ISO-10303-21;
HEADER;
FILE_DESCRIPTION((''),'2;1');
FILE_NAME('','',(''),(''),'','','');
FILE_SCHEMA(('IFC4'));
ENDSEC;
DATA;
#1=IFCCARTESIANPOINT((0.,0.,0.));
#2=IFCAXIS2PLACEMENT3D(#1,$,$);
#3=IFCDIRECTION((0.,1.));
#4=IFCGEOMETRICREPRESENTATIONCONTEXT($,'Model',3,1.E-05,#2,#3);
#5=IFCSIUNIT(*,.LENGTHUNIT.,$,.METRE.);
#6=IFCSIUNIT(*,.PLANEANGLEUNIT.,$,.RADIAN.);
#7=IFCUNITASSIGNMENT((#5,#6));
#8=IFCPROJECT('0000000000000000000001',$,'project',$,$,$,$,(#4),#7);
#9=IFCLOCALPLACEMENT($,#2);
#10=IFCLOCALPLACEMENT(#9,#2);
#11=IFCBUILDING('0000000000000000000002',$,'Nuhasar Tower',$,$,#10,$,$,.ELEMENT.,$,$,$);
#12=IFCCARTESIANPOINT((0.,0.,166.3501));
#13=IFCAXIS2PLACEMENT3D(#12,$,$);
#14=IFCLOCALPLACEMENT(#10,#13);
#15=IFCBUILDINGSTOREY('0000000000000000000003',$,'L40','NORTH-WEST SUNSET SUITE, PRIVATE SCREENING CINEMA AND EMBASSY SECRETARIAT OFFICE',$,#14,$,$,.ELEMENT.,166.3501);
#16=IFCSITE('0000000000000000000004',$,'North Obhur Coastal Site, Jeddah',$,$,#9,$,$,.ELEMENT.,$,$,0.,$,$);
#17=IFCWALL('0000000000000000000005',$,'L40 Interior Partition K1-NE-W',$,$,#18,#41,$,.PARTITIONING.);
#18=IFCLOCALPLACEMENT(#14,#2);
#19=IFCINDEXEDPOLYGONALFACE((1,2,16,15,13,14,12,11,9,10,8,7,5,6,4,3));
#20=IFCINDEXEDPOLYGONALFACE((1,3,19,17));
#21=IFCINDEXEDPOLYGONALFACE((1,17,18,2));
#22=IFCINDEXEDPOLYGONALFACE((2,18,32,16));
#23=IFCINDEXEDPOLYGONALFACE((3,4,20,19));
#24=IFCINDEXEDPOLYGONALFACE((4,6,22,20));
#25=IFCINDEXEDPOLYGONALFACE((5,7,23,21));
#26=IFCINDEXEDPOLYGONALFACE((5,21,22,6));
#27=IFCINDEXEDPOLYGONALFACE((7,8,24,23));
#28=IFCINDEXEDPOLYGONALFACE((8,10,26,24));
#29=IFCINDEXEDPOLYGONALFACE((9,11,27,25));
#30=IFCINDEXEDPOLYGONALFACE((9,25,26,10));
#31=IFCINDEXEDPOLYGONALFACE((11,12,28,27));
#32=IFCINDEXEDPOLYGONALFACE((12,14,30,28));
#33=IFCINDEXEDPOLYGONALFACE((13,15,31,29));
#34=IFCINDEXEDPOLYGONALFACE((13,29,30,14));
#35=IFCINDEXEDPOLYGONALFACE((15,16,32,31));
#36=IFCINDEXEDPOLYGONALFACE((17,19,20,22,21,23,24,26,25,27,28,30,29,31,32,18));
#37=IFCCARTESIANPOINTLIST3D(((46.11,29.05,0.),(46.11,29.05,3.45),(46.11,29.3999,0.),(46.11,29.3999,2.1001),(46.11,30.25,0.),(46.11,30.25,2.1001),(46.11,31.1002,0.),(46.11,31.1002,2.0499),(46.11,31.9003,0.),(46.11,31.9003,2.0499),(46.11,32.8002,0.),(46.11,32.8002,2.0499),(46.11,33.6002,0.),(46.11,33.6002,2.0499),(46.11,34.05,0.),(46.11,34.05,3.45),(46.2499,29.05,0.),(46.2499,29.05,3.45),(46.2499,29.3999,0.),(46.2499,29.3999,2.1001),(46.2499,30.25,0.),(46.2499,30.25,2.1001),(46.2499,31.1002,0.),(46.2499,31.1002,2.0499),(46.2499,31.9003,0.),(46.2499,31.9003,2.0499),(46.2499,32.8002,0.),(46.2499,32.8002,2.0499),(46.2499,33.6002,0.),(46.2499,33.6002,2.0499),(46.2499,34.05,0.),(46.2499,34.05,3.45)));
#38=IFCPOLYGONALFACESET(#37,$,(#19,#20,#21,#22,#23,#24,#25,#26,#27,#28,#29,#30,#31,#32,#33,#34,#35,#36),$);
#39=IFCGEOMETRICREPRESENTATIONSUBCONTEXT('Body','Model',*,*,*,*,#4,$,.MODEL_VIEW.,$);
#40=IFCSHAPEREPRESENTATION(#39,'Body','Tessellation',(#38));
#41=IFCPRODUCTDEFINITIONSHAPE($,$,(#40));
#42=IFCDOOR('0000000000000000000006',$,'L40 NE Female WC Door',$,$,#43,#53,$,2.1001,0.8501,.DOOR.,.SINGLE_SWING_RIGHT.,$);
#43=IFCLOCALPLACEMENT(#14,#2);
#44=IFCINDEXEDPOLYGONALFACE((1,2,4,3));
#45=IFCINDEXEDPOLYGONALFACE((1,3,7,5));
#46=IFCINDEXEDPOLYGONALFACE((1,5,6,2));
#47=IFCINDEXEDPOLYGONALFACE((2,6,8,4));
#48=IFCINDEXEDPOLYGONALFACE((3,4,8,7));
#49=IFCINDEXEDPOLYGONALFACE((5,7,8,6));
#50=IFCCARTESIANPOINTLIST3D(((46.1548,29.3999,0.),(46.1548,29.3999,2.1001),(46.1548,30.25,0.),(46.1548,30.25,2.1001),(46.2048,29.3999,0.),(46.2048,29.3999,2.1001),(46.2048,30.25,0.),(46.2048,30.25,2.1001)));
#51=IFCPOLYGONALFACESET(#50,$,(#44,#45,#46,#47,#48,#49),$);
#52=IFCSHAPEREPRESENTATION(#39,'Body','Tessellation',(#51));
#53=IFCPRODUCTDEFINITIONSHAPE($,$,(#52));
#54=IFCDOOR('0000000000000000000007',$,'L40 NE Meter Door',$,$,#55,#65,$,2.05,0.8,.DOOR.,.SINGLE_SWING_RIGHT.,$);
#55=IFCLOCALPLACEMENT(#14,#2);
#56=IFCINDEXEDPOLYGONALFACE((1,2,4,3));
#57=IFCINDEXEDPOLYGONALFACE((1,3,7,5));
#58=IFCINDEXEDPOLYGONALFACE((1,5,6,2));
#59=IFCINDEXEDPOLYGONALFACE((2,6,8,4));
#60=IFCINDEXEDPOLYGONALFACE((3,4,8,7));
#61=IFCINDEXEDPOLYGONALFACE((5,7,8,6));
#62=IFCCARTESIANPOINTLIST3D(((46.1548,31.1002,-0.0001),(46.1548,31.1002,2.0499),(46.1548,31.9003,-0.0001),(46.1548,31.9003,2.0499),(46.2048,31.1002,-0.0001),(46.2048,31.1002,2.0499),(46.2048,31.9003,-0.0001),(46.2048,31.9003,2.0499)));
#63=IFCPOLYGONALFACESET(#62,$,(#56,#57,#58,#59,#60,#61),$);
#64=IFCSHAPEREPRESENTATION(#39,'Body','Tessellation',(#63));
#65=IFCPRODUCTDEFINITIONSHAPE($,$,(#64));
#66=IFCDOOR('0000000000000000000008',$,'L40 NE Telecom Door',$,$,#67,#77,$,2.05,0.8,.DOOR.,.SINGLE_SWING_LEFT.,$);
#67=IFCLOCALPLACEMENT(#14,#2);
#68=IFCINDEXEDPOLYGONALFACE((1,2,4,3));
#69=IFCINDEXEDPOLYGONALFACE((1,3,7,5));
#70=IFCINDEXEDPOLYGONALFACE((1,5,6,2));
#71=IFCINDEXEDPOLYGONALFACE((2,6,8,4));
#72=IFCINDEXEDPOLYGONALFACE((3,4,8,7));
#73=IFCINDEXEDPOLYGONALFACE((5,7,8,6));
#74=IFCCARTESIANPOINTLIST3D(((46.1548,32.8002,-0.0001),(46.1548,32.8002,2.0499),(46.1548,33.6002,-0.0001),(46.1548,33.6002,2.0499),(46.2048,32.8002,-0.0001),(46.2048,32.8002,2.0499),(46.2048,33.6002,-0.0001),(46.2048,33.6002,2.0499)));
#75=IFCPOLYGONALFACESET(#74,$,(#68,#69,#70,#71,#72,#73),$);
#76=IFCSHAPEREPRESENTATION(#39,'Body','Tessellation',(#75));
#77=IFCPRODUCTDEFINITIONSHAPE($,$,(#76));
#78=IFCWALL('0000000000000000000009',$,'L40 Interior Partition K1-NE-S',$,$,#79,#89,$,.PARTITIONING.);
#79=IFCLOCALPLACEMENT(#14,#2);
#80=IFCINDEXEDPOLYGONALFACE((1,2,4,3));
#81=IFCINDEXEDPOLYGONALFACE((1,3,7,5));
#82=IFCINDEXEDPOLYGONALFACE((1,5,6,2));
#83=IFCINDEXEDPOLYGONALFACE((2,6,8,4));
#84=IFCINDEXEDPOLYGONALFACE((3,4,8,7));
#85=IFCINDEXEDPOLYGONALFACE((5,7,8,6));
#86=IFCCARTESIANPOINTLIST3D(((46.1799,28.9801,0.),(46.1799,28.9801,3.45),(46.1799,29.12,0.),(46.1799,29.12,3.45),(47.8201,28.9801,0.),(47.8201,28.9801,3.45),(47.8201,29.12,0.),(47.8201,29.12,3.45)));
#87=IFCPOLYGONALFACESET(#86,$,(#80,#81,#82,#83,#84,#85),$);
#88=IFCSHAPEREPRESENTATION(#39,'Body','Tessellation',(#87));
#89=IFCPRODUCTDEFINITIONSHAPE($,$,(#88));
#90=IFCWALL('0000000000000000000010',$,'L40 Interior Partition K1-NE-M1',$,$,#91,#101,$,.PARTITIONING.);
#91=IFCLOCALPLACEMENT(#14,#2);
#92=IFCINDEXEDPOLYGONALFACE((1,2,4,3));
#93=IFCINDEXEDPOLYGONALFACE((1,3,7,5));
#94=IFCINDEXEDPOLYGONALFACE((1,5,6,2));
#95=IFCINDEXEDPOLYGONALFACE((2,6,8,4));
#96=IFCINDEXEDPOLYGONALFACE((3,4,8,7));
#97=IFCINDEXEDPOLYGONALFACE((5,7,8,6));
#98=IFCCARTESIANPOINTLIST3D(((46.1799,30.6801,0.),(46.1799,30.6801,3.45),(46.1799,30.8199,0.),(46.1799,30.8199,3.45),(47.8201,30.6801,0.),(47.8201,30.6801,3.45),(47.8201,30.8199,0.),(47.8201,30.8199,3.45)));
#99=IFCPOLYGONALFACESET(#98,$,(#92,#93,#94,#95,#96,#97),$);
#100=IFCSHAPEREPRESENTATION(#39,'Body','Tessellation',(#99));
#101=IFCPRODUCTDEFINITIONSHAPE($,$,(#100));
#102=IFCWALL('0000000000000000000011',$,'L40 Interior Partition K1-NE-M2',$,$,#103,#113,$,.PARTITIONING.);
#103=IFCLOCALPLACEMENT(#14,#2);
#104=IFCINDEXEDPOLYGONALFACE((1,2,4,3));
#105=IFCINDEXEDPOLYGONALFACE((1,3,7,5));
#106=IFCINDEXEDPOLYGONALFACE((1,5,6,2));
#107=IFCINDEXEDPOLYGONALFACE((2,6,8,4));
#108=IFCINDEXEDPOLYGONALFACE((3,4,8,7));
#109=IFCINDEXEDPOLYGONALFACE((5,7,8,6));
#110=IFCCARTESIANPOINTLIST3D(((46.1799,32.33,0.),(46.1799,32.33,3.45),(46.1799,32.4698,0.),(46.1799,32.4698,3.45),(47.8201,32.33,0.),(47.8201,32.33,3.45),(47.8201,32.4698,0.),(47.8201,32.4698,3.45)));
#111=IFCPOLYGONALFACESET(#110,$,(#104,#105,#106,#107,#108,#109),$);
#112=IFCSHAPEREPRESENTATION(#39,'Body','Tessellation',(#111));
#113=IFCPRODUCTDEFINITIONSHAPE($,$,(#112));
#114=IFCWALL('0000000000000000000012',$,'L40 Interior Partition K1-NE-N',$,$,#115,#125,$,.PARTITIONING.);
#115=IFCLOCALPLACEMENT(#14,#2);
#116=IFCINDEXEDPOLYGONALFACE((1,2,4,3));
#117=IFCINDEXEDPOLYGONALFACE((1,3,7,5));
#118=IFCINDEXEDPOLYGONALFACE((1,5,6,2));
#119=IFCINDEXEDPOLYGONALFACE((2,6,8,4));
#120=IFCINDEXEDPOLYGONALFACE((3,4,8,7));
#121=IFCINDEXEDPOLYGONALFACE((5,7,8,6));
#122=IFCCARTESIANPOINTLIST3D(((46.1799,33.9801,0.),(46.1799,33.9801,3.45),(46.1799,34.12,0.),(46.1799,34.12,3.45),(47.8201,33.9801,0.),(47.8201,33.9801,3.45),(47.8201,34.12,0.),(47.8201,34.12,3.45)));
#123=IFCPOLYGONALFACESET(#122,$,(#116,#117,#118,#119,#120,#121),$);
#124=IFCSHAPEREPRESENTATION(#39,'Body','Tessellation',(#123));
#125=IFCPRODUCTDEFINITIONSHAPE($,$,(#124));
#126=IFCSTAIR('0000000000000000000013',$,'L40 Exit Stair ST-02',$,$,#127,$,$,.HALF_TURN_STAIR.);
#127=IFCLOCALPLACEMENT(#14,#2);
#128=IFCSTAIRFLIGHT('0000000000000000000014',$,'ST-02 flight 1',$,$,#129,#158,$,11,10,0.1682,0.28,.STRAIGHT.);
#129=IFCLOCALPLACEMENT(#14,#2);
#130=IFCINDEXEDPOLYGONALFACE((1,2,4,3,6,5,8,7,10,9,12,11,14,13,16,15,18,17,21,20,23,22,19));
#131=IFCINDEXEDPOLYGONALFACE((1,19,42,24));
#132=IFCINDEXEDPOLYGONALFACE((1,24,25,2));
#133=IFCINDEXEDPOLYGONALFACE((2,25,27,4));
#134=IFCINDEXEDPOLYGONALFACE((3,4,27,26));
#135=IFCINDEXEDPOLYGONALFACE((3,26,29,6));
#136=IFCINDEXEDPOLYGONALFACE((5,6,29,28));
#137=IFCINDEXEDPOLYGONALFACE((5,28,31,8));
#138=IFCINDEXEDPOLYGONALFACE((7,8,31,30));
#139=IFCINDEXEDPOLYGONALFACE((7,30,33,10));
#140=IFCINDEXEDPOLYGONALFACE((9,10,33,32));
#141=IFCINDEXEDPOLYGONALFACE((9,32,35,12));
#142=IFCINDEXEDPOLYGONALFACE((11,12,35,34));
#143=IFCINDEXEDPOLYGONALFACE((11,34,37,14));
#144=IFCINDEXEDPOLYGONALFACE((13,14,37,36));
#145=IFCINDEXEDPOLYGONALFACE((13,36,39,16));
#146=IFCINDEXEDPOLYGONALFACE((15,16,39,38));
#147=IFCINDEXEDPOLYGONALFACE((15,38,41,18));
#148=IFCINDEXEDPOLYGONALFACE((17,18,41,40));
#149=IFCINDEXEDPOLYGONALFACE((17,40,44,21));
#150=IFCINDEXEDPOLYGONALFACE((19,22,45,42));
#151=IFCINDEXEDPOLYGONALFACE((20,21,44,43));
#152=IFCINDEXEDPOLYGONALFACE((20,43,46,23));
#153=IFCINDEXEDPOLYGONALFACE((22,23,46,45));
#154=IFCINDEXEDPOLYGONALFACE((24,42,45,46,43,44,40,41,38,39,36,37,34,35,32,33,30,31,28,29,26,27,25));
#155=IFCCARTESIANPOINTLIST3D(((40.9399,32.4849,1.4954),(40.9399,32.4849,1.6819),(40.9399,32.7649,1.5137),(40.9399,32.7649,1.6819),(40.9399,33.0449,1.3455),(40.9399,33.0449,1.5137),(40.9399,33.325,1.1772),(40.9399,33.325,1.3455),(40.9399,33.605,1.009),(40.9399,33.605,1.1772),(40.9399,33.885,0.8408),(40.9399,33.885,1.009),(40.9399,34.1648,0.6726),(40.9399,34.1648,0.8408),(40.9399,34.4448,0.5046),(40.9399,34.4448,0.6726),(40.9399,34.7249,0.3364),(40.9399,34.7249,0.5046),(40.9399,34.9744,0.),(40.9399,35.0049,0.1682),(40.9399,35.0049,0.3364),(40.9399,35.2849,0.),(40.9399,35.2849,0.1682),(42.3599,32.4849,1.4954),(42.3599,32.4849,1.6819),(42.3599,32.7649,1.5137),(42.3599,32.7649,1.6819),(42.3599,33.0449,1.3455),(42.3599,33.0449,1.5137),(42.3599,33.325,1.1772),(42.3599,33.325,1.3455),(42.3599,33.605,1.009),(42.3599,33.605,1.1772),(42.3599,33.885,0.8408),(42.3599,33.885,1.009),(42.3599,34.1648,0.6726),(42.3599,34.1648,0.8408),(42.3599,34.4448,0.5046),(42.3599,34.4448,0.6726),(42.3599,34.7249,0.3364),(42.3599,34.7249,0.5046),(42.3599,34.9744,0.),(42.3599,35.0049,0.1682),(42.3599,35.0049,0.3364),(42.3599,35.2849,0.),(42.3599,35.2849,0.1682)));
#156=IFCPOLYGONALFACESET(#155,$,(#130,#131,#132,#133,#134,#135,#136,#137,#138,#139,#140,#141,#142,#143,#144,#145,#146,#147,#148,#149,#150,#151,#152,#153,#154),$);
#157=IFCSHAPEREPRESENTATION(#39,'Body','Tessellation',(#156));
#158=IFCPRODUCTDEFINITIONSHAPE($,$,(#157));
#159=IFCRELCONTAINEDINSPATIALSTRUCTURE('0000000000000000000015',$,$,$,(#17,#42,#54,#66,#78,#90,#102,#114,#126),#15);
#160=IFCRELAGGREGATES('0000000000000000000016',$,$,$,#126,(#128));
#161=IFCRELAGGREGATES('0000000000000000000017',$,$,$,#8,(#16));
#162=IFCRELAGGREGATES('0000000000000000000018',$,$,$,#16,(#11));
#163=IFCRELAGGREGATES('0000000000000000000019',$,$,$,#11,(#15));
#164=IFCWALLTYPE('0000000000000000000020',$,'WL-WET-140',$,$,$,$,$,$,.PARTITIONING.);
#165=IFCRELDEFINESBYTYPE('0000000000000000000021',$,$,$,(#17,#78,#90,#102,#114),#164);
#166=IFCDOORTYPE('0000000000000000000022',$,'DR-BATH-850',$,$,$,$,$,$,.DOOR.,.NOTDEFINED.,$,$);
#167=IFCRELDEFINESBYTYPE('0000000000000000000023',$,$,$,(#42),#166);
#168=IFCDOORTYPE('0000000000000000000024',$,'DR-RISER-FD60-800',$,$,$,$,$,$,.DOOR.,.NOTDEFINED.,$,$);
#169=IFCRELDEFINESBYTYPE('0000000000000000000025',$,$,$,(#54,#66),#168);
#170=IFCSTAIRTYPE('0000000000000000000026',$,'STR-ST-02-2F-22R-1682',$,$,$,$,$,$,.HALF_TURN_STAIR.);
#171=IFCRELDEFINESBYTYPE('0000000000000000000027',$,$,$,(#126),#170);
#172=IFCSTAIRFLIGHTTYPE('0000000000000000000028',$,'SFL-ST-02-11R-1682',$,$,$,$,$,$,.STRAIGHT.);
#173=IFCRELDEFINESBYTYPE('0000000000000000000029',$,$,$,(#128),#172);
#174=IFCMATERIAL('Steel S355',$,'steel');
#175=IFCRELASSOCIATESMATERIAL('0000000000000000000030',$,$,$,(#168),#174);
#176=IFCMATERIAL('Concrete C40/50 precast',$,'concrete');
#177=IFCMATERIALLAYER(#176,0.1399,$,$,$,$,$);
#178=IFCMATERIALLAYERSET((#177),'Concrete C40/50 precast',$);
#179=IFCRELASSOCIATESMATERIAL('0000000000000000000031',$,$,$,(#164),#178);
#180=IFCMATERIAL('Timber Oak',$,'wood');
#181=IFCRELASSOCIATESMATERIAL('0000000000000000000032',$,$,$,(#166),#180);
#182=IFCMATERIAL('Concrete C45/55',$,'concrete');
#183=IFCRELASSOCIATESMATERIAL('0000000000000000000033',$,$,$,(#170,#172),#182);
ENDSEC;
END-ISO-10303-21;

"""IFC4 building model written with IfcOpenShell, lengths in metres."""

from ifc_helpers import new_model, si_unit, direction, frame, frame_2d, origin, place, context, subcontext, project, spatial, polyline, rectangle, outline, extrude, material, layer, layer_set, type_object, element, fill, aggregate, save


model = new_model("IFC4")

# Units and contexts
model_context = context("Model", 3, precision=1e-05, world=origin(), true_north=direction((0.0, 1.0)))
body_context = subcontext(model_context, "Body", "Model", "MODEL_VIEW")
ifc_project = project(units=[si_unit("LENGTHUNIT", "METRE"), si_unit("PLANEANGLEUNIT", "RADIAN")], contexts=[model_context])

# Site, building, storey
site_placement = place(None, origin())
site = spatial("IfcSite", under=ifc_project, at=site_placement, Name="North Obhur Coastal Site, Jeddah", CompositionType="ELEMENT", RefElevation=0.0)
building_placement = place(site_placement, origin())
building = spatial("IfcBuilding", under=site, at=building_placement, Name="Nuhasar Tower", CompositionType="ELEMENT")
storey_placement = place(building_placement, frame((0.0, 0.0, 166.3501)))
storey = spatial("IfcBuildingStorey", under=building, at=storey_placement, Name="L40", Description="NORTH-WEST SUNSET SUITE, PRIVATE SCREENING CINEMA AND EMBASSY SECRETARIAT OFFICE", CompositionType="ELEMENT", Elevation=166.3501)

# Shared definitions
ifc_material_1 = material(Name="Steel S355", Category="steel")

# Shared definitions
ifc_material_2 = material(Name="Concrete C45/55", Category="concrete")

# Shared definitions
door_type_1 = type_object("IfcDoorType", Name="DR-RISER-FD60-800", OperationType="NOTDEFINED", PredefinedType="DOOR", material=ifc_material_1)

# Shared definitions
ifc_material_3 = material(Name="Concrete C40/50 precast", Category="concrete")
ifc_layer_1 = layer(ifc_material_3, 0.1399)
ifc_layer_set_1 = layer_set([ifc_layer_1], Name="Concrete C40/50 precast")
wall_type_1 = type_object("IfcWallType", Name="WL-WET-140", PredefinedType="PARTITIONING", material=ifc_layer_set_1)

# Wall, openings, doors
wall_1_placement = place(storey_placement, frame((46.1799, 34.05, 0.0), z_axis=(0.0, 0.0, 1.0), x_axis=(0.0, -1.0, 0.0)))
wall_1 = element("IfcWall", 1, at=wall_1_placement, inside=storey, type_object=wall_type_1, Name="L40 Interior Partition K1-NE-W", PredefinedType="PARTITIONING", context=body_context, shape_type="SweptSolid", body=[
    extrude(rectangle(XDim=5.0, YDim=0.1399, at=frame_2d((2.5, 0.0))), origin(), (0.0, 0.0, 1.0), 3.45),
])
opening_1_placement = place(wall_1_placement, frame((3.8, 0.0, 0.0)))
opening_1 = element("IfcOpeningElement", 2, at=opening_1_placement, cuts=wall_1, PredefinedType="OPENING", context=body_context, shape_type="SweptSolid", body=[
    extrude(rectangle(XDim=0.8501, YDim=2.1001, at=frame_2d((0.425, 1.05))), frame((0.0, 0.0801, 0.0), z_axis=(0.0, -1.0, 0.0), x_axis=(1.0, 0.0, 0.0)), (0.0, 0.0, 1.0), 0.1599),
])
opening_2_placement = place(wall_1_placement, frame((2.1499, 0.0, 0.0)))
opening_2 = element("IfcOpeningElement", 3, at=opening_2_placement, cuts=wall_1, PredefinedType="OPENING", context=body_context, shape_type="SweptSolid", body=[
    extrude(rectangle(XDim=0.8, YDim=2.05, at=frame_2d((0.3999, 1.0249))), frame((0.0, 0.0801, 0.0), z_axis=(0.0, -1.0, 0.0), x_axis=(1.0, 0.0, 0.0)), (0.0, 0.0, 1.0), 0.1599),
])
opening_3_placement = place(wall_1_placement, frame((0.45, 0.0, 0.0)))
opening_3 = element("IfcOpeningElement", 4, at=opening_3_placement, cuts=wall_1, PredefinedType="OPENING", context=body_context, shape_type="SweptSolid", body=[
    extrude(rectangle(XDim=0.8, YDim=2.05, at=frame_2d((0.3999, 1.0249))), frame((0.0, 0.0801, 0.0), z_axis=(0.0, -1.0, 0.0), x_axis=(1.0, 0.0, 0.0)), (0.0, 0.0, 1.0), 0.1599),
])
ifc_material_4 = material(Name="Timber Oak", Category="wood")
door_type_2 = type_object("IfcDoorType", Name="DR-BATH-850", OperationType="NOTDEFINED", PredefinedType="DOOR", material=ifc_material_4)
door_1_placement = place(opening_1_placement, origin())
door_1 = element("IfcDoor", 5, at=door_1_placement, inside=storey, type_object=door_type_2, Name="L40 NE Female WC Door", OperationType="SINGLE_SWING_RIGHT", OverallHeight=2.1001, OverallWidth=0.8501, PredefinedType="DOOR", context=body_context, shape_type="SweptSolid", body=[
    extrude(rectangle(XDim=0.8501, YDim=2.1001, at=frame_2d((0.425, 1.05))), frame((0.0, 0.0249, 0.0), z_axis=(0.0, -1.0, 0.0), x_axis=(1.0, 0.0, 0.0)), (0.0, 0.0, 1.0), 0.05),
])
fill(opening_1, door_1)
door_2_placement = place(opening_2_placement, origin())
door_2 = element("IfcDoor", 6, at=door_2_placement, inside=storey, type_object=door_type_1, Name="L40 NE Meter Door", OperationType="SINGLE_SWING_RIGHT", OverallHeight=2.05, OverallWidth=0.8, PredefinedType="DOOR", context=body_context, shape_type="SweptSolid", body=[
    extrude(rectangle(XDim=0.8, YDim=2.05, at=frame_2d((0.3999, 1.0249))), frame((0.0, 0.0249, 0.0), z_axis=(0.0, -1.0, 0.0), x_axis=(1.0, 0.0, 0.0)), (0.0, 0.0, 1.0), 0.05),
])
fill(opening_2, door_2)
door_3_placement = place(opening_3_placement, origin())
door_3 = element("IfcDoor", 7, at=door_3_placement, inside=storey, type_object=door_type_1, Name="L40 NE Telecom Door", OperationType="SINGLE_SWING_LEFT", OverallHeight=2.05, OverallWidth=0.8, PredefinedType="DOOR", context=body_context, shape_type="SweptSolid", body=[
    extrude(rectangle(XDim=0.8, YDim=2.05, at=frame_2d((0.3999, 1.0249))), frame((0.0, 0.0249, 0.0), z_axis=(0.0, -1.0, 0.0), x_axis=(1.0, 0.0, 0.0)), (0.0, 0.0, 1.0), 0.05),
])
fill(opening_3, door_3)

# Walls
for number, where, z_axis, x_axis, name in (
    (8, (46.1799, 29.05, 0.0), (0.0, 0.0, 1.0), (1.0, 0.0, 0.0), "L40 Interior Partition K1-NE-S"),
    (9, (46.1799, 30.75, 0.0), (0.0, 0.0, 1.0), (1.0, 0.0, 0.0), "L40 Interior Partition K1-NE-M1"),
    (10, (46.1799, 32.3999, 0.0), (0.0, 0.0, 1.0), (1.0, 0.0, 0.0), "L40 Interior Partition K1-NE-M2"),
    (11, (46.1799, 34.05, 0.0), (0.0, 0.0, 1.0), (1.0, 0.0, 0.0), "L40 Interior Partition K1-NE-N"),
):
    element("IfcWall", number, at=place(storey_placement, frame(where, z_axis=z_axis, x_axis=x_axis)), inside=storey, type_object=wall_type_1, Name=name, PredefinedType="PARTITIONING", context=body_context, shape_type="SweptSolid", body=[
        extrude(rectangle(XDim=1.6401, YDim=0.1399, at=frame_2d((0.8201, 0.0))), origin(), (0.0, 0.0, 1.0), 3.45),
    ])

# Stair, stair flight
stair_type_1 = type_object("IfcStairType", Name="STR-ST-02-2F-22R-1682", PredefinedType="HALF_TURN_STAIR", material=ifc_material_2)
stair_1_placement = place(storey_placement, origin())
stair_1 = element("IfcStair", 12, at=stair_1_placement, inside=storey, type_object=stair_type_1, Name="L40 Exit Stair ST-02", PredefinedType="HALF_TURN_STAIR")
stair_flight_type_1 = type_object("IfcStairFlightType", Name="SFL-ST-02-11R-1682", PredefinedType="STRAIGHT", material=ifc_material_2)
stair_flight_1_placement = place(storey_placement, frame((41.6499, 35.2849, 0.0), z_axis=(0.0, 0.0, 1.0), x_axis=(0.0, -1.0, 0.0)))
stair_flight_1 = element("IfcStairFlight", 13, at=stair_flight_1_placement, type_object=stair_flight_type_1, Name="ST-02 flight 1", NumberOfRisers=11, NumberOfTreads=10, PredefinedType="STRAIGHT", RiserHeight=0.1682, TreadLength=0.28, context=body_context, shape_type="SweptSolid", body=[
    extrude(outline(polyline([(0.0, 0.0), (0.0, 0.1682), (0.28, 0.1682), (0.28, 0.3364), (0.5601, 0.3364), (0.5601, 0.5046), (0.8401, 0.5046), (0.8401, 0.6726), (1.1201, 0.6726), (1.1201, 0.8408), (1.3999, 0.8408), (1.3999, 1.009), (1.6799, 1.009), (1.6799, 1.1772), (1.96, 1.1772), (1.96, 1.3455), (2.24, 1.3455), (2.24, 1.5137), (2.52, 1.5137), (2.52, 1.6819), (2.8, 1.6819), (2.8, 1.8501), (2.8, 1.4954), (0.3105, 0.0), (0.0, 0.0)])), frame((0.0, 0.71, 0.0), z_axis=(0.0, -1.0, 0.0), x_axis=(1.0, 0.0, 0.0)), (0.0, 0.0, 1.0), 1.4199),
])
aggregate(stair_1, [stair_flight_1])

save(model, "model.ifc")
